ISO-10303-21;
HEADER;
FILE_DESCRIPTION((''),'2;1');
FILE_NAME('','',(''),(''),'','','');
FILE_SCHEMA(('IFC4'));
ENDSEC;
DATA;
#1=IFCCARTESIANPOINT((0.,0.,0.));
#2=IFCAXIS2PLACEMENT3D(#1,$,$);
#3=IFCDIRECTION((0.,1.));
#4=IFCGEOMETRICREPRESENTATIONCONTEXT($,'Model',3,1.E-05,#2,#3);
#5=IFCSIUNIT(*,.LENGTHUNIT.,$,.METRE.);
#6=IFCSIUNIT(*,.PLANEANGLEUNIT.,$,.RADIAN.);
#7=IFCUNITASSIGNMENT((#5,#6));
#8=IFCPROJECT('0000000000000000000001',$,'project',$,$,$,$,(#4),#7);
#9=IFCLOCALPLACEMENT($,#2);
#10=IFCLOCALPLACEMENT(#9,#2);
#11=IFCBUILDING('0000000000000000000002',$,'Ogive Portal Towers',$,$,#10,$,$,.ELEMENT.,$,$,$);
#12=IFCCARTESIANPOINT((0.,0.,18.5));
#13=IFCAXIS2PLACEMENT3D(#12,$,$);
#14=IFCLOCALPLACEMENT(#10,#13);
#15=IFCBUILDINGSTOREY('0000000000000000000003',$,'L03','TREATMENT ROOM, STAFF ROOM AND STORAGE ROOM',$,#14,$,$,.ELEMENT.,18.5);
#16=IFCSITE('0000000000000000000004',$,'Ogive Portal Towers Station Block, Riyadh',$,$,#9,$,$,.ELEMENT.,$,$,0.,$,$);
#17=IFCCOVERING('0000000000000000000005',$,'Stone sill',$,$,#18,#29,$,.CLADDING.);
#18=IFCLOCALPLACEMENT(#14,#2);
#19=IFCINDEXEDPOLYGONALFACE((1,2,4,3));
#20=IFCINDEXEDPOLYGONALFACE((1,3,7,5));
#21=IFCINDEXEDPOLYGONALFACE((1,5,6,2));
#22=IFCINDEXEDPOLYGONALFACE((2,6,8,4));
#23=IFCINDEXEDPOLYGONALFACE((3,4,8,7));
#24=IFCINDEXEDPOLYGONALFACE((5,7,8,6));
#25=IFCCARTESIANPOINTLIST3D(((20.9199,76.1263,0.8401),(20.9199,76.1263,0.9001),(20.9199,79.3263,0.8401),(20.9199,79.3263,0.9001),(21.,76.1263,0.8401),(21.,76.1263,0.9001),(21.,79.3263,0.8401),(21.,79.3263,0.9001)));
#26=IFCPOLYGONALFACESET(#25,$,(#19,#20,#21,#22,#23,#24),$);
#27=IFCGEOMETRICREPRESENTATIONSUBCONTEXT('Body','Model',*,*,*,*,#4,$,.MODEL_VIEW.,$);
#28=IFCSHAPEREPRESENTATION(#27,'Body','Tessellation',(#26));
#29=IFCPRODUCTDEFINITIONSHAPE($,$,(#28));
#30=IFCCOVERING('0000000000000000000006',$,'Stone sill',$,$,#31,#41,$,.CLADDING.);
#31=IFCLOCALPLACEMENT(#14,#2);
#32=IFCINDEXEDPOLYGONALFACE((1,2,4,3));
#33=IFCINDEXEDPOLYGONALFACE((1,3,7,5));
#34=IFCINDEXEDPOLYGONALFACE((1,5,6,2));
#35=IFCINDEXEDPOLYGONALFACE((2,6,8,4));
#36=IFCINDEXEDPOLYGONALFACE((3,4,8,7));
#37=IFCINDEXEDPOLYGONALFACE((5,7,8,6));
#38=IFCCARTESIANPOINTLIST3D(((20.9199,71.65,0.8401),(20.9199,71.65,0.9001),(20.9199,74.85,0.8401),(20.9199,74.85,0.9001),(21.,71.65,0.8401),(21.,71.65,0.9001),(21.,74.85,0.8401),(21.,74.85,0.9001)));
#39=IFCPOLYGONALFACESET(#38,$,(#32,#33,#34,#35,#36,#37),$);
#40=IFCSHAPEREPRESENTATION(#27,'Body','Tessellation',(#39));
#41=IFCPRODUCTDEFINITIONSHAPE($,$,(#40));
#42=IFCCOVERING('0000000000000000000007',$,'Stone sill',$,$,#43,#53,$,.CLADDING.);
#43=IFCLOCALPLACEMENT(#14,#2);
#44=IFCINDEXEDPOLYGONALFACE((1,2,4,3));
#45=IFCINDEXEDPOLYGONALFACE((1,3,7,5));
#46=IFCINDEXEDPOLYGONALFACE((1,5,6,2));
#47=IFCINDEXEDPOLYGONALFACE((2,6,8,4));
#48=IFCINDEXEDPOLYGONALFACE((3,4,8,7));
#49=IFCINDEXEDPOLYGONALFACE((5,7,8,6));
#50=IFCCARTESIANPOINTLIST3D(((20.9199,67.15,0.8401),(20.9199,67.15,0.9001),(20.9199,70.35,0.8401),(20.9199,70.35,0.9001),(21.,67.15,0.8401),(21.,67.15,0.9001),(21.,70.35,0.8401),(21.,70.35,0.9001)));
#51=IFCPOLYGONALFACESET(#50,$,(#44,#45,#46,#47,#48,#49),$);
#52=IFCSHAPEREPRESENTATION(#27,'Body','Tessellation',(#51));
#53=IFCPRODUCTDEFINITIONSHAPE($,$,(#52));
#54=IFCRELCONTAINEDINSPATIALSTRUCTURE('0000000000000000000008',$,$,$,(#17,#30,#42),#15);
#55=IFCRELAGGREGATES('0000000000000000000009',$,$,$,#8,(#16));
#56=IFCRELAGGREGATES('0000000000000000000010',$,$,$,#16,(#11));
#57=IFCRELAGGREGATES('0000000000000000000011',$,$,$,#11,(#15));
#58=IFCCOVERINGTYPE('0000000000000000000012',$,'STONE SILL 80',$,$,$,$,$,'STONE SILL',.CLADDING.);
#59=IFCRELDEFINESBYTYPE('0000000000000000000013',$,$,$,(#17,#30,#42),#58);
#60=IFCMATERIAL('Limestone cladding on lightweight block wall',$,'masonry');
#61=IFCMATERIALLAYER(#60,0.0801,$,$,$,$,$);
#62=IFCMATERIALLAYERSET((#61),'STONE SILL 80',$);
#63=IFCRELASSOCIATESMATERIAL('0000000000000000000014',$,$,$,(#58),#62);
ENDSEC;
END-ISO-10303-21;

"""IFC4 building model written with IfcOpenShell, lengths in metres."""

from ifc_helpers import new_model, si_unit, direction, frame, origin, origin_2d, place, context, subcontext, project, spatial, rectangle, extrude, material, layer, layer_set, type_object, element, save


model = new_model("IFC4")

# Units and contexts
model_context = context("Model", 3, precision=1e-05, world=origin(), true_north=direction((0.0, 1.0)))
body_context = subcontext(model_context, "Body", "Model", "MODEL_VIEW")
ifc_project = project(units=[si_unit("LENGTHUNIT", "METRE"), si_unit("PLANEANGLEUNIT", "RADIAN")], contexts=[model_context])

# Site, building, storey
site_placement = place(None, origin())
site = spatial("IfcSite", under=ifc_project, at=site_placement, Name="Ogive Portal Towers Station Block, Riyadh", CompositionType="ELEMENT", RefElevation=0.0)
building_placement = place(site_placement, origin())
building = spatial("IfcBuilding", under=site, at=building_placement, Name="Ogive Portal Towers", CompositionType="ELEMENT")
storey_placement = place(building_placement, frame((0.0, 0.0, 18.5)))
storey = spatial("IfcBuildingStorey", under=building, at=storey_placement, Name="L03", Description="TREATMENT ROOM, STAFF ROOM AND STORAGE ROOM", CompositionType="ELEMENT", Elevation=18.5)

# Shared definitions
ifc_material_1 = material(Name="Limestone cladding on lightweight block wall", Category="masonry")

# Coverings
ifc_layer_1 = layer(ifc_material_1, 0.0801)
ifc_layer_set_1 = layer_set([ifc_layer_1], Name="STONE SILL 80")
covering_type = type_object("IfcCoveringType", Name="STONE SILL 80", ElementType="STONE SILL", PredefinedType="CLADDING", material=ifc_layer_set_1)
for number, where, z_axis, x_axis, name in (
    (1, (20.96, 77.7263, 0.8401), (0.0, 0.0, 1.0), (0.0, -1.0, 0.0), "Stone sill"),
    (2, (20.96, 73.25, 0.8401), (0.0, 0.0, 1.0), (0.0, -1.0, 0.0), "Stone sill"),
    (3, (20.96, 68.75, 0.8401), (0.0, 0.0, 1.0), (0.0, -1.0, 0.0), "Stone sill"),
):
    element("IfcCovering", number, at=place(storey_placement, frame(where, z_axis=z_axis, x_axis=x_axis)), inside=storey, type_object=covering_type, Name=name, PredefinedType="CLADDING", context=body_context, shape_type="SweptSolid", body=[
        extrude(rectangle(XDim=3.2, YDim=0.0801, at=origin_2d()), origin(), (0.0, 0.0, 1.0), 0.0601),
    ])

save(model, "model.ifc")
